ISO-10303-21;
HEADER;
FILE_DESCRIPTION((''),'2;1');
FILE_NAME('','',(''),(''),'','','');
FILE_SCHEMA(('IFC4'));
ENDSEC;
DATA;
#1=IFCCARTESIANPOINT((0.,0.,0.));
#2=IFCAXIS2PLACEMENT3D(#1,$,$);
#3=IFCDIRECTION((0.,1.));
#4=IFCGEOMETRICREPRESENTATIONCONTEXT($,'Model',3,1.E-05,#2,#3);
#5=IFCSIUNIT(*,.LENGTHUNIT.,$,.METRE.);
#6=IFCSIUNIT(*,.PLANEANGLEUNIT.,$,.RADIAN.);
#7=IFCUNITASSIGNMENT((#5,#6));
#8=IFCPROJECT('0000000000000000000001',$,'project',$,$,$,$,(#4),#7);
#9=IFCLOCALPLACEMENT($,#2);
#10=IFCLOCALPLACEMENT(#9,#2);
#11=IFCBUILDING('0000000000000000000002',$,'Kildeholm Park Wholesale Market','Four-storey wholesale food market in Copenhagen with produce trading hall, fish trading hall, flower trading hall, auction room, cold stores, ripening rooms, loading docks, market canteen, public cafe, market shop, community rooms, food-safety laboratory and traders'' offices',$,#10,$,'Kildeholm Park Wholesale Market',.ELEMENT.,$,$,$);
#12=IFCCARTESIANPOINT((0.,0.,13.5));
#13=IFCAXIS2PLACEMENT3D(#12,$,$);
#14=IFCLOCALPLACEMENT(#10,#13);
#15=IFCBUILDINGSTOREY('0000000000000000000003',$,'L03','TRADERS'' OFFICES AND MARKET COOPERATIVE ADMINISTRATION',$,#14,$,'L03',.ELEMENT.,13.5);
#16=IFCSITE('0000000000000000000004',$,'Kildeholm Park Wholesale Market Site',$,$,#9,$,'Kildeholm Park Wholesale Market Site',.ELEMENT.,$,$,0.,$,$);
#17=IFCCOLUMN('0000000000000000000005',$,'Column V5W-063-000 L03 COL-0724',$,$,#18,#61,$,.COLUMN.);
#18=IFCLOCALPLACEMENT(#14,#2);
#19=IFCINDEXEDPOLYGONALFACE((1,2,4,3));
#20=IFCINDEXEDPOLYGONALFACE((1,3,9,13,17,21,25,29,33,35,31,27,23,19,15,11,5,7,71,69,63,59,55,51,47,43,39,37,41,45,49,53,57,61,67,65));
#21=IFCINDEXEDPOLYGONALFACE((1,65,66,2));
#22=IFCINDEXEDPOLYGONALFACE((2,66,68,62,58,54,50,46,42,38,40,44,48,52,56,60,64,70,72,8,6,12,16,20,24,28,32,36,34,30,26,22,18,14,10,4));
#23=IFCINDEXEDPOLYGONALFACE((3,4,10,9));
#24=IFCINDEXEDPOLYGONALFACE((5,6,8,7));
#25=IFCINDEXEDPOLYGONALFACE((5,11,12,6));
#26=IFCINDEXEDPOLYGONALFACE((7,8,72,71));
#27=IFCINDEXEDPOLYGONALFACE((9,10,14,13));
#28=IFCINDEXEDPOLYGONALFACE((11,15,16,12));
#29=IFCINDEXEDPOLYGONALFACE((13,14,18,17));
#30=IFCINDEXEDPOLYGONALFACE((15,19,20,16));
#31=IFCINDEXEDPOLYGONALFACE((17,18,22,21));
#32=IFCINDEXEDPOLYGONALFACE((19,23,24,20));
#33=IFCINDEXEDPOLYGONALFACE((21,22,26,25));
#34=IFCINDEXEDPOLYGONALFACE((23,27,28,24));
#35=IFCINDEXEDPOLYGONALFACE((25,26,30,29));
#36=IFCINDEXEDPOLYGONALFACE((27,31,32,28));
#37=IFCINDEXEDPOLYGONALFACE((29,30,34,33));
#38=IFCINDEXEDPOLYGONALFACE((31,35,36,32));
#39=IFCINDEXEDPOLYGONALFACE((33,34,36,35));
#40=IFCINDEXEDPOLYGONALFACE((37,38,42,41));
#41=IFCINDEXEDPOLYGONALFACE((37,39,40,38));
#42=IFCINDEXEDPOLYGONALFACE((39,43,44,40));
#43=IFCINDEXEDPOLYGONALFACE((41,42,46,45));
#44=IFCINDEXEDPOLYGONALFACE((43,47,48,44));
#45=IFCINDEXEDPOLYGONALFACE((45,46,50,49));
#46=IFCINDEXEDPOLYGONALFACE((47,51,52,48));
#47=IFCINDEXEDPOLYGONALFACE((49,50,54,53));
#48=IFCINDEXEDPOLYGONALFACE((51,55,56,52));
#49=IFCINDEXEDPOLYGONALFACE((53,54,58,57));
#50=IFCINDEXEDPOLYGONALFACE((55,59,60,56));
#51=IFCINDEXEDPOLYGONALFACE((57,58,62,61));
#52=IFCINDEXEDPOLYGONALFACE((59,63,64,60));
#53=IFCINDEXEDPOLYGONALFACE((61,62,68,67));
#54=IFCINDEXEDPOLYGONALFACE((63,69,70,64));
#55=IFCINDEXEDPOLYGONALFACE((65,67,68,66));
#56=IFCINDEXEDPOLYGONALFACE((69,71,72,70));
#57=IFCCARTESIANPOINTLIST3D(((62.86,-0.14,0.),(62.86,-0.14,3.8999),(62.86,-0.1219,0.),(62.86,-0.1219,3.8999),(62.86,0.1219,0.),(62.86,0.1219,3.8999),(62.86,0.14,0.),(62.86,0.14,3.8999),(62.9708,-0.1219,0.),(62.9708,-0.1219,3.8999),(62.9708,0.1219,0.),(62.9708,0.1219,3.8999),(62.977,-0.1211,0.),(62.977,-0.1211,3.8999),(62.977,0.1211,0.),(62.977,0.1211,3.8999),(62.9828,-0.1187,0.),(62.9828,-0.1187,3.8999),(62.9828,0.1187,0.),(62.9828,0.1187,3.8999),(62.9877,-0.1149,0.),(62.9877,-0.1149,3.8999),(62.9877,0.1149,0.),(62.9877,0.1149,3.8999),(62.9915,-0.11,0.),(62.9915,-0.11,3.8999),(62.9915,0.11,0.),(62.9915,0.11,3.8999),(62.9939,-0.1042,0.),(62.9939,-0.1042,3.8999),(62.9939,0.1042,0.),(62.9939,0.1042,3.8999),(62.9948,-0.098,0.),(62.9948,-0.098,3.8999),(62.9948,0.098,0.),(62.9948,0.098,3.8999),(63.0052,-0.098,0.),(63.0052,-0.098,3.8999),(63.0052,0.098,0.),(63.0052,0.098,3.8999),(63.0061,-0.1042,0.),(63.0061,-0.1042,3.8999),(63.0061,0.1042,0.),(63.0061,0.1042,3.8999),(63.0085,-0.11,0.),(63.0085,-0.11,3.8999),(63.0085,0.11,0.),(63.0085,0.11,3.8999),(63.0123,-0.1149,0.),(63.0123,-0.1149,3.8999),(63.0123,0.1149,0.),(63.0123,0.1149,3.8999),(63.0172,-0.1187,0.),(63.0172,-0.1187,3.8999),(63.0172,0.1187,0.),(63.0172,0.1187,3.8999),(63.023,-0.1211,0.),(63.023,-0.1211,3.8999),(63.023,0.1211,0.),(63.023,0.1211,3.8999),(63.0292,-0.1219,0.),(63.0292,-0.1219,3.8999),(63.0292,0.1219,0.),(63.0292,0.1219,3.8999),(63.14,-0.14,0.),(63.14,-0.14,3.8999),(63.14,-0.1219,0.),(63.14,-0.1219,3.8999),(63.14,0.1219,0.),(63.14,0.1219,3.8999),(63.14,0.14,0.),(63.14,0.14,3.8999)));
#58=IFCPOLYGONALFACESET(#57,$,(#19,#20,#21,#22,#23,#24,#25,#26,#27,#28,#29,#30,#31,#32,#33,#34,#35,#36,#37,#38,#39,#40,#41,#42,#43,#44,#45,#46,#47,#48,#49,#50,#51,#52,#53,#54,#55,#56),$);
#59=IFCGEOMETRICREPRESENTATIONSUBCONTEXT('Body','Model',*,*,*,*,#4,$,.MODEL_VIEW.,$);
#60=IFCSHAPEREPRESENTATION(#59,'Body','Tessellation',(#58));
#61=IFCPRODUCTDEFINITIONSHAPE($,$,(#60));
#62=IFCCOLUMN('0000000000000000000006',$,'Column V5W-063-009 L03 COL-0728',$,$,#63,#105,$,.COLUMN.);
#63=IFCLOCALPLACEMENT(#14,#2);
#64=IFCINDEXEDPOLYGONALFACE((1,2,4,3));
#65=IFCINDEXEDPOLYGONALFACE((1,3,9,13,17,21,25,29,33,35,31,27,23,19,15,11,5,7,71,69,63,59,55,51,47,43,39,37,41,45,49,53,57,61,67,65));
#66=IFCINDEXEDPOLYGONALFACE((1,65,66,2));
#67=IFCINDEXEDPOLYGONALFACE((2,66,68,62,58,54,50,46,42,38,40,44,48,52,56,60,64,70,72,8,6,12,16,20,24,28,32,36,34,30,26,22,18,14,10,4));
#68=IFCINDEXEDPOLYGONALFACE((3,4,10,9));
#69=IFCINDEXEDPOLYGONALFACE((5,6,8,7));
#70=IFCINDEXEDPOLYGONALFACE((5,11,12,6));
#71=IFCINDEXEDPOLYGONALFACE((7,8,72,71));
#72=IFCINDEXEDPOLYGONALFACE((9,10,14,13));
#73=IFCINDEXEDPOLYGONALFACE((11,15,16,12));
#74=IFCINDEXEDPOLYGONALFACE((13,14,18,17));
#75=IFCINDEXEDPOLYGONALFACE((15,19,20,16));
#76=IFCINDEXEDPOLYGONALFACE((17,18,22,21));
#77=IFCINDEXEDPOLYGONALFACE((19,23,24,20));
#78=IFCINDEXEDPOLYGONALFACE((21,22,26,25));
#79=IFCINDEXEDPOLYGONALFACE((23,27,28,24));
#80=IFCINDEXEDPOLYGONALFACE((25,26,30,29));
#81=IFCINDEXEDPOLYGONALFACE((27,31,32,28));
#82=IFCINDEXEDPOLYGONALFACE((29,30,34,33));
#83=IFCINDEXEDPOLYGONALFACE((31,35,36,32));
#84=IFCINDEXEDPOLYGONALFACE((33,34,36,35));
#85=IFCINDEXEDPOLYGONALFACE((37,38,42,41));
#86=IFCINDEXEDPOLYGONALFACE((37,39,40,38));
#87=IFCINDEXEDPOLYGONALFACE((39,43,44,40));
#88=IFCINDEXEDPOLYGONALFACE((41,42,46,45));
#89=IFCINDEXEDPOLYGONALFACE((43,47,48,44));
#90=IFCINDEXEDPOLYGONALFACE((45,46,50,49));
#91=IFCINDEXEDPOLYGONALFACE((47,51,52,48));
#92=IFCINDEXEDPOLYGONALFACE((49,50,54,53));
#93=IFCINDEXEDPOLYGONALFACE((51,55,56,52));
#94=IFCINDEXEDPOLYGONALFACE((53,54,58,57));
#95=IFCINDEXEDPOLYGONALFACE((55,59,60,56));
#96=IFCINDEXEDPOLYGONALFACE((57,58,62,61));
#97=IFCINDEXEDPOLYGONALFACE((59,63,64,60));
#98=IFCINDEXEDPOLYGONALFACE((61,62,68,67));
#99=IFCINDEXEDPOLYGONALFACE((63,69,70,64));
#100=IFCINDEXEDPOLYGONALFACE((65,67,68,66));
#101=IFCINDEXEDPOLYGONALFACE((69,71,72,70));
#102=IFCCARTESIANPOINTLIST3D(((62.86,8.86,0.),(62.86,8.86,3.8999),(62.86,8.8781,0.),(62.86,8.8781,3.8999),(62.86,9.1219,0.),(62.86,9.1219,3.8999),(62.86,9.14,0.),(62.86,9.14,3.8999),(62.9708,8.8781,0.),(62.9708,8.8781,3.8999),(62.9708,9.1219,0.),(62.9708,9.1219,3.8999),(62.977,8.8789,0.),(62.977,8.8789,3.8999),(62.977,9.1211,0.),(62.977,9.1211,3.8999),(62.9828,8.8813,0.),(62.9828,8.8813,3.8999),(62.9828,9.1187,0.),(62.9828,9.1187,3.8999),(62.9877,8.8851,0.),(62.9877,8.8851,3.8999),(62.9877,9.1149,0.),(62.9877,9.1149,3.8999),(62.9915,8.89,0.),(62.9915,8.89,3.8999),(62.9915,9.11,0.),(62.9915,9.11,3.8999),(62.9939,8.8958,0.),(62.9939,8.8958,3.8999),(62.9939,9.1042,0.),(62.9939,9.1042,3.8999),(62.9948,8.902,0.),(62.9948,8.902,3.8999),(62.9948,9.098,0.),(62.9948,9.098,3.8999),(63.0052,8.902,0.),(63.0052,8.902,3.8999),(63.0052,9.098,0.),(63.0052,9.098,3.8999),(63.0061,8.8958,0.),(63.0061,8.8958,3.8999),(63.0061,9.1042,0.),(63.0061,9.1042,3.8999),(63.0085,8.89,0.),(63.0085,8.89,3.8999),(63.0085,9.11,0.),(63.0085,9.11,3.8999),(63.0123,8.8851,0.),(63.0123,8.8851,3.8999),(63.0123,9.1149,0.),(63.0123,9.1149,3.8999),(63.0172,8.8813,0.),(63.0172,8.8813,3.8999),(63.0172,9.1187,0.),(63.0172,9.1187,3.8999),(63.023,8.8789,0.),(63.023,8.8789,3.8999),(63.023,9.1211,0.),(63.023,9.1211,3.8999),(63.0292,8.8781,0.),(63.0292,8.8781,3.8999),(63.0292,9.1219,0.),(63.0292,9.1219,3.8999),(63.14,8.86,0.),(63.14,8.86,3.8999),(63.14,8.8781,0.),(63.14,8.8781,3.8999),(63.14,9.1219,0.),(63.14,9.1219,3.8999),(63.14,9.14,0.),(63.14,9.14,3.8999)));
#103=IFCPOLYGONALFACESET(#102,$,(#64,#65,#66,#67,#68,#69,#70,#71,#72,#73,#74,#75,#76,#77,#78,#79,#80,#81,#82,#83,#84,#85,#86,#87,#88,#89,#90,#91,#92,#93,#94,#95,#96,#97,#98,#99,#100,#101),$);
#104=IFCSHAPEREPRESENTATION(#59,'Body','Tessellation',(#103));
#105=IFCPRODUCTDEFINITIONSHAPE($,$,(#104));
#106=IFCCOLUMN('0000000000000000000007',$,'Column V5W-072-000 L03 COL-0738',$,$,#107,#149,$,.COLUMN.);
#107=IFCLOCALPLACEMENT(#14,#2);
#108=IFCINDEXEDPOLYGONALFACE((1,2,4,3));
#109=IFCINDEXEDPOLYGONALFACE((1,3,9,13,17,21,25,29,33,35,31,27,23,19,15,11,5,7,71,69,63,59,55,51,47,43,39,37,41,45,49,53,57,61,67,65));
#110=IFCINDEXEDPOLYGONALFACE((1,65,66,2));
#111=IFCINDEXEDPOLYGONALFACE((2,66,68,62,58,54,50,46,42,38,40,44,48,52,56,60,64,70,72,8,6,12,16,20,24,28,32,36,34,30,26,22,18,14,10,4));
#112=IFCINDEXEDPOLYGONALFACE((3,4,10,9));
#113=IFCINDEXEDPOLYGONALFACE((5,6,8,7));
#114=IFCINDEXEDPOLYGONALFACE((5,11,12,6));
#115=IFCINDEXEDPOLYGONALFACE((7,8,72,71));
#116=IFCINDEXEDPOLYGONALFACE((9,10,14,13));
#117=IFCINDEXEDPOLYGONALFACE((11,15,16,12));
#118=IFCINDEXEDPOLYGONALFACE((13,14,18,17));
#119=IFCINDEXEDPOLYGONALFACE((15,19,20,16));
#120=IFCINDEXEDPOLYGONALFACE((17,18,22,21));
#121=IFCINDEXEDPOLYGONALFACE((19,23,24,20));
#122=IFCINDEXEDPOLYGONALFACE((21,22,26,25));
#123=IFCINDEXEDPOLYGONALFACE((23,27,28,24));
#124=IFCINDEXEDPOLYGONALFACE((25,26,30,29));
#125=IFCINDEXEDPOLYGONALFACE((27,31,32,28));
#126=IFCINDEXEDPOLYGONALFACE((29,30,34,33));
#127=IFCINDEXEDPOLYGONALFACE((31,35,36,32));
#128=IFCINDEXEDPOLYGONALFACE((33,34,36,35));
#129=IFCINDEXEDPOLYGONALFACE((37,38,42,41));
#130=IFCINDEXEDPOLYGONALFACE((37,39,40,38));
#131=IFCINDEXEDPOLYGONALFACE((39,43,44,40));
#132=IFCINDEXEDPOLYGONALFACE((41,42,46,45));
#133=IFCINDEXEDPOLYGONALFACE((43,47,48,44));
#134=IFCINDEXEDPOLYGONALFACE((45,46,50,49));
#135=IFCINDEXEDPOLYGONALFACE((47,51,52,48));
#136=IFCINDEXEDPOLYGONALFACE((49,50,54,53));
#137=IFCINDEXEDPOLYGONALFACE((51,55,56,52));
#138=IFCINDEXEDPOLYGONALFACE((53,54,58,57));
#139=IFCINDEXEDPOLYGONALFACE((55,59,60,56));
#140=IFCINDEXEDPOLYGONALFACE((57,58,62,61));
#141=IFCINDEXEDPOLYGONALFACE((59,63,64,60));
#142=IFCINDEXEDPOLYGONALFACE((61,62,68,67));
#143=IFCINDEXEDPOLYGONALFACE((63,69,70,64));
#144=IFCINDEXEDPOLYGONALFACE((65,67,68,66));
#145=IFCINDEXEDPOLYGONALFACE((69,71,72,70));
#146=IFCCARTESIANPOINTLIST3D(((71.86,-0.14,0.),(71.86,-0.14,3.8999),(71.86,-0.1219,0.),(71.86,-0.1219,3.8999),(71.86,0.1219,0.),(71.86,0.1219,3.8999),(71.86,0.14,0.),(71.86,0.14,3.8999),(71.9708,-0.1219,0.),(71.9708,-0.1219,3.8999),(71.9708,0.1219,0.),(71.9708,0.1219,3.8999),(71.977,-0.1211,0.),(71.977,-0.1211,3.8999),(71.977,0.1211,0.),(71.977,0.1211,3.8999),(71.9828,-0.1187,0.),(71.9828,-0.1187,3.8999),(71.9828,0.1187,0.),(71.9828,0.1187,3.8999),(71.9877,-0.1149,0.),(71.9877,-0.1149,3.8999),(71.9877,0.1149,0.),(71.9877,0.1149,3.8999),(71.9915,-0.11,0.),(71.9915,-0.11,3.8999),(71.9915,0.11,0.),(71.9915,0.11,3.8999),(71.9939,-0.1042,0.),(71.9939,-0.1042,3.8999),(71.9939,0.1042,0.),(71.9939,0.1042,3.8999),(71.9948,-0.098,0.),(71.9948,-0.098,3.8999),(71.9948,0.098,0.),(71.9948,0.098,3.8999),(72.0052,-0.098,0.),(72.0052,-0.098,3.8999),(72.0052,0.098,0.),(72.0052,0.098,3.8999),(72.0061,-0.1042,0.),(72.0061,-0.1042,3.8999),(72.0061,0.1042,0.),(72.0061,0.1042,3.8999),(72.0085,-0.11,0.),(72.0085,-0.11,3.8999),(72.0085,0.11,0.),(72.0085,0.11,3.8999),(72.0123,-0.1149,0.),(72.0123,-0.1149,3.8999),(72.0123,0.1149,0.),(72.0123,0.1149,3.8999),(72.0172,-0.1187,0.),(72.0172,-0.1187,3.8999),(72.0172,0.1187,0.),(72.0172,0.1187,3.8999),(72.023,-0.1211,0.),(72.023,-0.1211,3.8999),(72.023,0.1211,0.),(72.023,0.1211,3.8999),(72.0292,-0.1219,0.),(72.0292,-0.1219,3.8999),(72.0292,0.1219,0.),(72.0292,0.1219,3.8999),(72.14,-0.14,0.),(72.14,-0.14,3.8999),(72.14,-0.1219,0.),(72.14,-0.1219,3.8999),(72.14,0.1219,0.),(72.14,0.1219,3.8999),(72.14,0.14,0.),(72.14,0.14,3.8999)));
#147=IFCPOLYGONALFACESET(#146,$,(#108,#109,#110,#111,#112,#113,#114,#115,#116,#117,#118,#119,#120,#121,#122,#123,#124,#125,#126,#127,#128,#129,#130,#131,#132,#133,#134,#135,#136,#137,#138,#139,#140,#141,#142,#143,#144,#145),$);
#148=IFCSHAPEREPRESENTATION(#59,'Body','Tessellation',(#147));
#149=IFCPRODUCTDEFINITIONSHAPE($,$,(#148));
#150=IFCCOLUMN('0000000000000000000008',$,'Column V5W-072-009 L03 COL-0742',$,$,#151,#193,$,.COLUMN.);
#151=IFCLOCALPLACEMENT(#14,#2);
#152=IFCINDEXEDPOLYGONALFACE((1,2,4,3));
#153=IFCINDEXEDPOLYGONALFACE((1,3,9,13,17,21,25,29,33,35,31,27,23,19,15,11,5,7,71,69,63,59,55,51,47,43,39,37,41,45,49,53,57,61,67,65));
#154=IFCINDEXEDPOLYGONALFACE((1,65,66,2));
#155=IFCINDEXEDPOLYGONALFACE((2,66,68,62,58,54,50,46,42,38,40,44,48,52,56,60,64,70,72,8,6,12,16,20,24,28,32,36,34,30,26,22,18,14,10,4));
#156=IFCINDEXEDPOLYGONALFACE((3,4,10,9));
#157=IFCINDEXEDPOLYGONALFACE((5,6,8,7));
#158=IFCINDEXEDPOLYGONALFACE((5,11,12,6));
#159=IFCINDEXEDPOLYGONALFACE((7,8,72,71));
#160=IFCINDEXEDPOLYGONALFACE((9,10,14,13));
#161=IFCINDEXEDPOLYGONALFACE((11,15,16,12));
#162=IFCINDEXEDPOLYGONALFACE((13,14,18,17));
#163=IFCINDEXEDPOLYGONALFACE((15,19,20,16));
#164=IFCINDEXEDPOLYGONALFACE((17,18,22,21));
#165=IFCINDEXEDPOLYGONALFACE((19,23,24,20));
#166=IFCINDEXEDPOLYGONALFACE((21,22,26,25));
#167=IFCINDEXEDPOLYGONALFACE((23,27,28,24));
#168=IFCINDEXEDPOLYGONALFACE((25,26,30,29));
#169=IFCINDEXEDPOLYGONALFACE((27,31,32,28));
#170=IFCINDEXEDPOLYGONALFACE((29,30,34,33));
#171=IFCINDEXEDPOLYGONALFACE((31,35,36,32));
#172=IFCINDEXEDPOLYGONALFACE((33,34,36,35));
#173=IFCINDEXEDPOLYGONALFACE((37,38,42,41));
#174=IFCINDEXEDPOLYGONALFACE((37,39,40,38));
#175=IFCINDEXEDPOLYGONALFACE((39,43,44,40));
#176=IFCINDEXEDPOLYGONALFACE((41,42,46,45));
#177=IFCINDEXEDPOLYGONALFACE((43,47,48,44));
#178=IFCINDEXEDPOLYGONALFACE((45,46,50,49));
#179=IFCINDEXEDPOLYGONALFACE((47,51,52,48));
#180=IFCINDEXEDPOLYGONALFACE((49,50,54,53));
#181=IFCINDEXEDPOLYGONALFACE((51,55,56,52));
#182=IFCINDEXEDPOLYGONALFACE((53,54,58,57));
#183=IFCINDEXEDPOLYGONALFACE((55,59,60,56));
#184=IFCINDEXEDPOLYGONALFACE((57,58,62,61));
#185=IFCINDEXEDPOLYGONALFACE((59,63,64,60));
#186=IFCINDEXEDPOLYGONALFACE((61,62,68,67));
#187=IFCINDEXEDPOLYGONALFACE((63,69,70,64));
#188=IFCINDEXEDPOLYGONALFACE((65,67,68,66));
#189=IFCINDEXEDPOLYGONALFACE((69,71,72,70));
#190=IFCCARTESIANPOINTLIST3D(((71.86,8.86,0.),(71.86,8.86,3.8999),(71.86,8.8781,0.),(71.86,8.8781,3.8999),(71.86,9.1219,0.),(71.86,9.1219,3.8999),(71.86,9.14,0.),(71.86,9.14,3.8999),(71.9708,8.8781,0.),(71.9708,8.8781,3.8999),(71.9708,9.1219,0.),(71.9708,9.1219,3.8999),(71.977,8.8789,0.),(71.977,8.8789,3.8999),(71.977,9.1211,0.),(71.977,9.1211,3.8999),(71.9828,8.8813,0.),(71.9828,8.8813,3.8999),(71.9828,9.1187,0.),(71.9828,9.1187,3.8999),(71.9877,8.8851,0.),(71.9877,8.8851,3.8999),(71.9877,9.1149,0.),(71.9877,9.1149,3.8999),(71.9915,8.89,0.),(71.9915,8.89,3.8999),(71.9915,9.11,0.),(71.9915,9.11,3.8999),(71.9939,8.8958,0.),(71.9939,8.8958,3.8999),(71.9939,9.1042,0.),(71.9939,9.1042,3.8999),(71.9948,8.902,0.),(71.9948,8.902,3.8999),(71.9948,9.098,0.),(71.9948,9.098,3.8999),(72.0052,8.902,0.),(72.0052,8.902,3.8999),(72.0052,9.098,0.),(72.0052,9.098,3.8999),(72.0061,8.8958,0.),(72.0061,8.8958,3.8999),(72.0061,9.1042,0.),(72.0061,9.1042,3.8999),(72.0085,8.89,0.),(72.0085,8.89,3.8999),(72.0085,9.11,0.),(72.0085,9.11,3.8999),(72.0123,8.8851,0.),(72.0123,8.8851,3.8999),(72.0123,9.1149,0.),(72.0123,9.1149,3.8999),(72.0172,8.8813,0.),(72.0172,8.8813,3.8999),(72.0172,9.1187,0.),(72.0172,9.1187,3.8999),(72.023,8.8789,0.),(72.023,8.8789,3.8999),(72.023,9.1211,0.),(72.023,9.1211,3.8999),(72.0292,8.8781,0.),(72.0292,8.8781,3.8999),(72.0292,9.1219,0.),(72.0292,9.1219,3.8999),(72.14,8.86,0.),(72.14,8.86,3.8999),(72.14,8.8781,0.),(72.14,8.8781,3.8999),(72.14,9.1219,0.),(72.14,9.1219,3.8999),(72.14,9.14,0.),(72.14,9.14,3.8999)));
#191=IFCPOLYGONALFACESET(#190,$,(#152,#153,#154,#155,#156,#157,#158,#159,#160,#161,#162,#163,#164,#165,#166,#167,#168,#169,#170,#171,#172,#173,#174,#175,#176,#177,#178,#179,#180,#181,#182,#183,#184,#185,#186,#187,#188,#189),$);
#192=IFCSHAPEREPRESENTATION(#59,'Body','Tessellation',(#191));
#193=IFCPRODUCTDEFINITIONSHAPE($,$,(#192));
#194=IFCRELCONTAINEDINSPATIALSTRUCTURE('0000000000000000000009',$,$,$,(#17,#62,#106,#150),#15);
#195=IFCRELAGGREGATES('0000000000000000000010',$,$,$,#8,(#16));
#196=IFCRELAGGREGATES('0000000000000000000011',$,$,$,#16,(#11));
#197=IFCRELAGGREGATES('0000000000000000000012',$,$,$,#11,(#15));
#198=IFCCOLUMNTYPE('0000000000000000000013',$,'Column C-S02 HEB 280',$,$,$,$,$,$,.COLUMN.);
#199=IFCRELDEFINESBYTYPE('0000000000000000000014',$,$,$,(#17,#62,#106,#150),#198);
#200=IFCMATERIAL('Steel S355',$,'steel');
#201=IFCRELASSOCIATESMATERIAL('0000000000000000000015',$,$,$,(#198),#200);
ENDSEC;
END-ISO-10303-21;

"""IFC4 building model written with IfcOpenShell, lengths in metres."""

from ifc_helpers import new_model, si_unit, direction, frame, origin, origin_2d, place, context, subcontext, project, spatial, i_section, extrude, material, material_profile, profile_set, type_object, element, save


model = new_model("IFC4")

# Units and contexts
model_context = context("Model", 3, precision=1e-05, world=origin(), true_north=direction((0.0, 1.0)))
body_context = subcontext(model_context, "Body", "Model", "MODEL_VIEW")
ifc_project = project(units=[si_unit("LENGTHUNIT", "METRE"), si_unit("PLANEANGLEUNIT", "RADIAN")], contexts=[model_context])

# Site, building, storey
site_placement = place(None, origin())
site = spatial("IfcSite", under=ifc_project, at=site_placement, Name="Kildeholm Park Wholesale Market Site", LongName="Kildeholm Park Wholesale Market Site", CompositionType="ELEMENT", RefElevation=0.0)
building_placement = place(site_placement, origin())
building = spatial("IfcBuilding", under=site, at=building_placement, Name="Kildeholm Park Wholesale Market", Description="Four-storey wholesale food market in Copenhagen with produce trading hall, fish trading hall, flower trading hall, auction room, cold stores, ripening rooms, loading docks, market canteen, public cafe, market shop, community rooms, food-safety laboratory and traders' offices", LongName="Kildeholm Park Wholesale Market", CompositionType="ELEMENT")
storey_placement = place(building_placement, frame((0.0, 0.0, 13.5)))
storey = spatial("IfcBuildingStorey", under=building, at=storey_placement, Name="L03", Description="TRADERS' OFFICES AND MARKET COOPERATIVE ADMINISTRATION", LongName="L03", CompositionType="ELEMENT", Elevation=13.5)

# Columns
ifc_material_1 = material(Name="Steel S355", Category="steel")
ifc_material_profile_1 = material_profile(ifc_material_1, i_section(OverallWidth=0.28, OverallDepth=0.28, WebThickness=0.0105, FlangeThickness=0.0181, FilletRadius=0.0239, at=origin_2d()), Name="HEB 280")
ifc_profile_set_1 = profile_set([ifc_material_profile_1], Name="Steel S355")
column_type = type_object("IfcColumnType", Name="Column C-S02 HEB 280", PredefinedType="COLUMN", material=ifc_profile_set_1)
for number, where, z_axis, x_axis, name in (
    (1, (63.0, 0.0, 0.0), (0.0, 0.0, 1.0), (1.0, 0.0, 0.0), "Column V5W-063-000 L03 COL-0724"),
    (2, (63.0, 9.0, 0.0), (0.0, 0.0, 1.0), (1.0, 0.0, 0.0), "Column V5W-063-009 L03 COL-0728"),
    (3, (72.0, 0.0, 0.0), (0.0, 0.0, 1.0), (1.0, 0.0, 0.0), "Column V5W-072-000 L03 COL-0738"),
    (4, (72.0, 9.0, 0.0), (0.0, 0.0, 1.0), (1.0, 0.0, 0.0), "Column V5W-072-009 L03 COL-0742"),
):
    element("IfcColumn", number, at=place(storey_placement, frame(where, z_axis=z_axis, x_axis=x_axis)), inside=storey, type_object=column_type, Name=name, PredefinedType="COLUMN", context=body_context, shape_type="SweptSolid", body=[
        extrude(i_section(OverallWidth=0.28, OverallDepth=0.28, WebThickness=0.0105, FlangeThickness=0.0181, FilletRadius=0.0239, at=origin_2d()), origin(), (0.0, 0.0, 1.0), 3.8999),
    ])

save(model, "model.ifc")
